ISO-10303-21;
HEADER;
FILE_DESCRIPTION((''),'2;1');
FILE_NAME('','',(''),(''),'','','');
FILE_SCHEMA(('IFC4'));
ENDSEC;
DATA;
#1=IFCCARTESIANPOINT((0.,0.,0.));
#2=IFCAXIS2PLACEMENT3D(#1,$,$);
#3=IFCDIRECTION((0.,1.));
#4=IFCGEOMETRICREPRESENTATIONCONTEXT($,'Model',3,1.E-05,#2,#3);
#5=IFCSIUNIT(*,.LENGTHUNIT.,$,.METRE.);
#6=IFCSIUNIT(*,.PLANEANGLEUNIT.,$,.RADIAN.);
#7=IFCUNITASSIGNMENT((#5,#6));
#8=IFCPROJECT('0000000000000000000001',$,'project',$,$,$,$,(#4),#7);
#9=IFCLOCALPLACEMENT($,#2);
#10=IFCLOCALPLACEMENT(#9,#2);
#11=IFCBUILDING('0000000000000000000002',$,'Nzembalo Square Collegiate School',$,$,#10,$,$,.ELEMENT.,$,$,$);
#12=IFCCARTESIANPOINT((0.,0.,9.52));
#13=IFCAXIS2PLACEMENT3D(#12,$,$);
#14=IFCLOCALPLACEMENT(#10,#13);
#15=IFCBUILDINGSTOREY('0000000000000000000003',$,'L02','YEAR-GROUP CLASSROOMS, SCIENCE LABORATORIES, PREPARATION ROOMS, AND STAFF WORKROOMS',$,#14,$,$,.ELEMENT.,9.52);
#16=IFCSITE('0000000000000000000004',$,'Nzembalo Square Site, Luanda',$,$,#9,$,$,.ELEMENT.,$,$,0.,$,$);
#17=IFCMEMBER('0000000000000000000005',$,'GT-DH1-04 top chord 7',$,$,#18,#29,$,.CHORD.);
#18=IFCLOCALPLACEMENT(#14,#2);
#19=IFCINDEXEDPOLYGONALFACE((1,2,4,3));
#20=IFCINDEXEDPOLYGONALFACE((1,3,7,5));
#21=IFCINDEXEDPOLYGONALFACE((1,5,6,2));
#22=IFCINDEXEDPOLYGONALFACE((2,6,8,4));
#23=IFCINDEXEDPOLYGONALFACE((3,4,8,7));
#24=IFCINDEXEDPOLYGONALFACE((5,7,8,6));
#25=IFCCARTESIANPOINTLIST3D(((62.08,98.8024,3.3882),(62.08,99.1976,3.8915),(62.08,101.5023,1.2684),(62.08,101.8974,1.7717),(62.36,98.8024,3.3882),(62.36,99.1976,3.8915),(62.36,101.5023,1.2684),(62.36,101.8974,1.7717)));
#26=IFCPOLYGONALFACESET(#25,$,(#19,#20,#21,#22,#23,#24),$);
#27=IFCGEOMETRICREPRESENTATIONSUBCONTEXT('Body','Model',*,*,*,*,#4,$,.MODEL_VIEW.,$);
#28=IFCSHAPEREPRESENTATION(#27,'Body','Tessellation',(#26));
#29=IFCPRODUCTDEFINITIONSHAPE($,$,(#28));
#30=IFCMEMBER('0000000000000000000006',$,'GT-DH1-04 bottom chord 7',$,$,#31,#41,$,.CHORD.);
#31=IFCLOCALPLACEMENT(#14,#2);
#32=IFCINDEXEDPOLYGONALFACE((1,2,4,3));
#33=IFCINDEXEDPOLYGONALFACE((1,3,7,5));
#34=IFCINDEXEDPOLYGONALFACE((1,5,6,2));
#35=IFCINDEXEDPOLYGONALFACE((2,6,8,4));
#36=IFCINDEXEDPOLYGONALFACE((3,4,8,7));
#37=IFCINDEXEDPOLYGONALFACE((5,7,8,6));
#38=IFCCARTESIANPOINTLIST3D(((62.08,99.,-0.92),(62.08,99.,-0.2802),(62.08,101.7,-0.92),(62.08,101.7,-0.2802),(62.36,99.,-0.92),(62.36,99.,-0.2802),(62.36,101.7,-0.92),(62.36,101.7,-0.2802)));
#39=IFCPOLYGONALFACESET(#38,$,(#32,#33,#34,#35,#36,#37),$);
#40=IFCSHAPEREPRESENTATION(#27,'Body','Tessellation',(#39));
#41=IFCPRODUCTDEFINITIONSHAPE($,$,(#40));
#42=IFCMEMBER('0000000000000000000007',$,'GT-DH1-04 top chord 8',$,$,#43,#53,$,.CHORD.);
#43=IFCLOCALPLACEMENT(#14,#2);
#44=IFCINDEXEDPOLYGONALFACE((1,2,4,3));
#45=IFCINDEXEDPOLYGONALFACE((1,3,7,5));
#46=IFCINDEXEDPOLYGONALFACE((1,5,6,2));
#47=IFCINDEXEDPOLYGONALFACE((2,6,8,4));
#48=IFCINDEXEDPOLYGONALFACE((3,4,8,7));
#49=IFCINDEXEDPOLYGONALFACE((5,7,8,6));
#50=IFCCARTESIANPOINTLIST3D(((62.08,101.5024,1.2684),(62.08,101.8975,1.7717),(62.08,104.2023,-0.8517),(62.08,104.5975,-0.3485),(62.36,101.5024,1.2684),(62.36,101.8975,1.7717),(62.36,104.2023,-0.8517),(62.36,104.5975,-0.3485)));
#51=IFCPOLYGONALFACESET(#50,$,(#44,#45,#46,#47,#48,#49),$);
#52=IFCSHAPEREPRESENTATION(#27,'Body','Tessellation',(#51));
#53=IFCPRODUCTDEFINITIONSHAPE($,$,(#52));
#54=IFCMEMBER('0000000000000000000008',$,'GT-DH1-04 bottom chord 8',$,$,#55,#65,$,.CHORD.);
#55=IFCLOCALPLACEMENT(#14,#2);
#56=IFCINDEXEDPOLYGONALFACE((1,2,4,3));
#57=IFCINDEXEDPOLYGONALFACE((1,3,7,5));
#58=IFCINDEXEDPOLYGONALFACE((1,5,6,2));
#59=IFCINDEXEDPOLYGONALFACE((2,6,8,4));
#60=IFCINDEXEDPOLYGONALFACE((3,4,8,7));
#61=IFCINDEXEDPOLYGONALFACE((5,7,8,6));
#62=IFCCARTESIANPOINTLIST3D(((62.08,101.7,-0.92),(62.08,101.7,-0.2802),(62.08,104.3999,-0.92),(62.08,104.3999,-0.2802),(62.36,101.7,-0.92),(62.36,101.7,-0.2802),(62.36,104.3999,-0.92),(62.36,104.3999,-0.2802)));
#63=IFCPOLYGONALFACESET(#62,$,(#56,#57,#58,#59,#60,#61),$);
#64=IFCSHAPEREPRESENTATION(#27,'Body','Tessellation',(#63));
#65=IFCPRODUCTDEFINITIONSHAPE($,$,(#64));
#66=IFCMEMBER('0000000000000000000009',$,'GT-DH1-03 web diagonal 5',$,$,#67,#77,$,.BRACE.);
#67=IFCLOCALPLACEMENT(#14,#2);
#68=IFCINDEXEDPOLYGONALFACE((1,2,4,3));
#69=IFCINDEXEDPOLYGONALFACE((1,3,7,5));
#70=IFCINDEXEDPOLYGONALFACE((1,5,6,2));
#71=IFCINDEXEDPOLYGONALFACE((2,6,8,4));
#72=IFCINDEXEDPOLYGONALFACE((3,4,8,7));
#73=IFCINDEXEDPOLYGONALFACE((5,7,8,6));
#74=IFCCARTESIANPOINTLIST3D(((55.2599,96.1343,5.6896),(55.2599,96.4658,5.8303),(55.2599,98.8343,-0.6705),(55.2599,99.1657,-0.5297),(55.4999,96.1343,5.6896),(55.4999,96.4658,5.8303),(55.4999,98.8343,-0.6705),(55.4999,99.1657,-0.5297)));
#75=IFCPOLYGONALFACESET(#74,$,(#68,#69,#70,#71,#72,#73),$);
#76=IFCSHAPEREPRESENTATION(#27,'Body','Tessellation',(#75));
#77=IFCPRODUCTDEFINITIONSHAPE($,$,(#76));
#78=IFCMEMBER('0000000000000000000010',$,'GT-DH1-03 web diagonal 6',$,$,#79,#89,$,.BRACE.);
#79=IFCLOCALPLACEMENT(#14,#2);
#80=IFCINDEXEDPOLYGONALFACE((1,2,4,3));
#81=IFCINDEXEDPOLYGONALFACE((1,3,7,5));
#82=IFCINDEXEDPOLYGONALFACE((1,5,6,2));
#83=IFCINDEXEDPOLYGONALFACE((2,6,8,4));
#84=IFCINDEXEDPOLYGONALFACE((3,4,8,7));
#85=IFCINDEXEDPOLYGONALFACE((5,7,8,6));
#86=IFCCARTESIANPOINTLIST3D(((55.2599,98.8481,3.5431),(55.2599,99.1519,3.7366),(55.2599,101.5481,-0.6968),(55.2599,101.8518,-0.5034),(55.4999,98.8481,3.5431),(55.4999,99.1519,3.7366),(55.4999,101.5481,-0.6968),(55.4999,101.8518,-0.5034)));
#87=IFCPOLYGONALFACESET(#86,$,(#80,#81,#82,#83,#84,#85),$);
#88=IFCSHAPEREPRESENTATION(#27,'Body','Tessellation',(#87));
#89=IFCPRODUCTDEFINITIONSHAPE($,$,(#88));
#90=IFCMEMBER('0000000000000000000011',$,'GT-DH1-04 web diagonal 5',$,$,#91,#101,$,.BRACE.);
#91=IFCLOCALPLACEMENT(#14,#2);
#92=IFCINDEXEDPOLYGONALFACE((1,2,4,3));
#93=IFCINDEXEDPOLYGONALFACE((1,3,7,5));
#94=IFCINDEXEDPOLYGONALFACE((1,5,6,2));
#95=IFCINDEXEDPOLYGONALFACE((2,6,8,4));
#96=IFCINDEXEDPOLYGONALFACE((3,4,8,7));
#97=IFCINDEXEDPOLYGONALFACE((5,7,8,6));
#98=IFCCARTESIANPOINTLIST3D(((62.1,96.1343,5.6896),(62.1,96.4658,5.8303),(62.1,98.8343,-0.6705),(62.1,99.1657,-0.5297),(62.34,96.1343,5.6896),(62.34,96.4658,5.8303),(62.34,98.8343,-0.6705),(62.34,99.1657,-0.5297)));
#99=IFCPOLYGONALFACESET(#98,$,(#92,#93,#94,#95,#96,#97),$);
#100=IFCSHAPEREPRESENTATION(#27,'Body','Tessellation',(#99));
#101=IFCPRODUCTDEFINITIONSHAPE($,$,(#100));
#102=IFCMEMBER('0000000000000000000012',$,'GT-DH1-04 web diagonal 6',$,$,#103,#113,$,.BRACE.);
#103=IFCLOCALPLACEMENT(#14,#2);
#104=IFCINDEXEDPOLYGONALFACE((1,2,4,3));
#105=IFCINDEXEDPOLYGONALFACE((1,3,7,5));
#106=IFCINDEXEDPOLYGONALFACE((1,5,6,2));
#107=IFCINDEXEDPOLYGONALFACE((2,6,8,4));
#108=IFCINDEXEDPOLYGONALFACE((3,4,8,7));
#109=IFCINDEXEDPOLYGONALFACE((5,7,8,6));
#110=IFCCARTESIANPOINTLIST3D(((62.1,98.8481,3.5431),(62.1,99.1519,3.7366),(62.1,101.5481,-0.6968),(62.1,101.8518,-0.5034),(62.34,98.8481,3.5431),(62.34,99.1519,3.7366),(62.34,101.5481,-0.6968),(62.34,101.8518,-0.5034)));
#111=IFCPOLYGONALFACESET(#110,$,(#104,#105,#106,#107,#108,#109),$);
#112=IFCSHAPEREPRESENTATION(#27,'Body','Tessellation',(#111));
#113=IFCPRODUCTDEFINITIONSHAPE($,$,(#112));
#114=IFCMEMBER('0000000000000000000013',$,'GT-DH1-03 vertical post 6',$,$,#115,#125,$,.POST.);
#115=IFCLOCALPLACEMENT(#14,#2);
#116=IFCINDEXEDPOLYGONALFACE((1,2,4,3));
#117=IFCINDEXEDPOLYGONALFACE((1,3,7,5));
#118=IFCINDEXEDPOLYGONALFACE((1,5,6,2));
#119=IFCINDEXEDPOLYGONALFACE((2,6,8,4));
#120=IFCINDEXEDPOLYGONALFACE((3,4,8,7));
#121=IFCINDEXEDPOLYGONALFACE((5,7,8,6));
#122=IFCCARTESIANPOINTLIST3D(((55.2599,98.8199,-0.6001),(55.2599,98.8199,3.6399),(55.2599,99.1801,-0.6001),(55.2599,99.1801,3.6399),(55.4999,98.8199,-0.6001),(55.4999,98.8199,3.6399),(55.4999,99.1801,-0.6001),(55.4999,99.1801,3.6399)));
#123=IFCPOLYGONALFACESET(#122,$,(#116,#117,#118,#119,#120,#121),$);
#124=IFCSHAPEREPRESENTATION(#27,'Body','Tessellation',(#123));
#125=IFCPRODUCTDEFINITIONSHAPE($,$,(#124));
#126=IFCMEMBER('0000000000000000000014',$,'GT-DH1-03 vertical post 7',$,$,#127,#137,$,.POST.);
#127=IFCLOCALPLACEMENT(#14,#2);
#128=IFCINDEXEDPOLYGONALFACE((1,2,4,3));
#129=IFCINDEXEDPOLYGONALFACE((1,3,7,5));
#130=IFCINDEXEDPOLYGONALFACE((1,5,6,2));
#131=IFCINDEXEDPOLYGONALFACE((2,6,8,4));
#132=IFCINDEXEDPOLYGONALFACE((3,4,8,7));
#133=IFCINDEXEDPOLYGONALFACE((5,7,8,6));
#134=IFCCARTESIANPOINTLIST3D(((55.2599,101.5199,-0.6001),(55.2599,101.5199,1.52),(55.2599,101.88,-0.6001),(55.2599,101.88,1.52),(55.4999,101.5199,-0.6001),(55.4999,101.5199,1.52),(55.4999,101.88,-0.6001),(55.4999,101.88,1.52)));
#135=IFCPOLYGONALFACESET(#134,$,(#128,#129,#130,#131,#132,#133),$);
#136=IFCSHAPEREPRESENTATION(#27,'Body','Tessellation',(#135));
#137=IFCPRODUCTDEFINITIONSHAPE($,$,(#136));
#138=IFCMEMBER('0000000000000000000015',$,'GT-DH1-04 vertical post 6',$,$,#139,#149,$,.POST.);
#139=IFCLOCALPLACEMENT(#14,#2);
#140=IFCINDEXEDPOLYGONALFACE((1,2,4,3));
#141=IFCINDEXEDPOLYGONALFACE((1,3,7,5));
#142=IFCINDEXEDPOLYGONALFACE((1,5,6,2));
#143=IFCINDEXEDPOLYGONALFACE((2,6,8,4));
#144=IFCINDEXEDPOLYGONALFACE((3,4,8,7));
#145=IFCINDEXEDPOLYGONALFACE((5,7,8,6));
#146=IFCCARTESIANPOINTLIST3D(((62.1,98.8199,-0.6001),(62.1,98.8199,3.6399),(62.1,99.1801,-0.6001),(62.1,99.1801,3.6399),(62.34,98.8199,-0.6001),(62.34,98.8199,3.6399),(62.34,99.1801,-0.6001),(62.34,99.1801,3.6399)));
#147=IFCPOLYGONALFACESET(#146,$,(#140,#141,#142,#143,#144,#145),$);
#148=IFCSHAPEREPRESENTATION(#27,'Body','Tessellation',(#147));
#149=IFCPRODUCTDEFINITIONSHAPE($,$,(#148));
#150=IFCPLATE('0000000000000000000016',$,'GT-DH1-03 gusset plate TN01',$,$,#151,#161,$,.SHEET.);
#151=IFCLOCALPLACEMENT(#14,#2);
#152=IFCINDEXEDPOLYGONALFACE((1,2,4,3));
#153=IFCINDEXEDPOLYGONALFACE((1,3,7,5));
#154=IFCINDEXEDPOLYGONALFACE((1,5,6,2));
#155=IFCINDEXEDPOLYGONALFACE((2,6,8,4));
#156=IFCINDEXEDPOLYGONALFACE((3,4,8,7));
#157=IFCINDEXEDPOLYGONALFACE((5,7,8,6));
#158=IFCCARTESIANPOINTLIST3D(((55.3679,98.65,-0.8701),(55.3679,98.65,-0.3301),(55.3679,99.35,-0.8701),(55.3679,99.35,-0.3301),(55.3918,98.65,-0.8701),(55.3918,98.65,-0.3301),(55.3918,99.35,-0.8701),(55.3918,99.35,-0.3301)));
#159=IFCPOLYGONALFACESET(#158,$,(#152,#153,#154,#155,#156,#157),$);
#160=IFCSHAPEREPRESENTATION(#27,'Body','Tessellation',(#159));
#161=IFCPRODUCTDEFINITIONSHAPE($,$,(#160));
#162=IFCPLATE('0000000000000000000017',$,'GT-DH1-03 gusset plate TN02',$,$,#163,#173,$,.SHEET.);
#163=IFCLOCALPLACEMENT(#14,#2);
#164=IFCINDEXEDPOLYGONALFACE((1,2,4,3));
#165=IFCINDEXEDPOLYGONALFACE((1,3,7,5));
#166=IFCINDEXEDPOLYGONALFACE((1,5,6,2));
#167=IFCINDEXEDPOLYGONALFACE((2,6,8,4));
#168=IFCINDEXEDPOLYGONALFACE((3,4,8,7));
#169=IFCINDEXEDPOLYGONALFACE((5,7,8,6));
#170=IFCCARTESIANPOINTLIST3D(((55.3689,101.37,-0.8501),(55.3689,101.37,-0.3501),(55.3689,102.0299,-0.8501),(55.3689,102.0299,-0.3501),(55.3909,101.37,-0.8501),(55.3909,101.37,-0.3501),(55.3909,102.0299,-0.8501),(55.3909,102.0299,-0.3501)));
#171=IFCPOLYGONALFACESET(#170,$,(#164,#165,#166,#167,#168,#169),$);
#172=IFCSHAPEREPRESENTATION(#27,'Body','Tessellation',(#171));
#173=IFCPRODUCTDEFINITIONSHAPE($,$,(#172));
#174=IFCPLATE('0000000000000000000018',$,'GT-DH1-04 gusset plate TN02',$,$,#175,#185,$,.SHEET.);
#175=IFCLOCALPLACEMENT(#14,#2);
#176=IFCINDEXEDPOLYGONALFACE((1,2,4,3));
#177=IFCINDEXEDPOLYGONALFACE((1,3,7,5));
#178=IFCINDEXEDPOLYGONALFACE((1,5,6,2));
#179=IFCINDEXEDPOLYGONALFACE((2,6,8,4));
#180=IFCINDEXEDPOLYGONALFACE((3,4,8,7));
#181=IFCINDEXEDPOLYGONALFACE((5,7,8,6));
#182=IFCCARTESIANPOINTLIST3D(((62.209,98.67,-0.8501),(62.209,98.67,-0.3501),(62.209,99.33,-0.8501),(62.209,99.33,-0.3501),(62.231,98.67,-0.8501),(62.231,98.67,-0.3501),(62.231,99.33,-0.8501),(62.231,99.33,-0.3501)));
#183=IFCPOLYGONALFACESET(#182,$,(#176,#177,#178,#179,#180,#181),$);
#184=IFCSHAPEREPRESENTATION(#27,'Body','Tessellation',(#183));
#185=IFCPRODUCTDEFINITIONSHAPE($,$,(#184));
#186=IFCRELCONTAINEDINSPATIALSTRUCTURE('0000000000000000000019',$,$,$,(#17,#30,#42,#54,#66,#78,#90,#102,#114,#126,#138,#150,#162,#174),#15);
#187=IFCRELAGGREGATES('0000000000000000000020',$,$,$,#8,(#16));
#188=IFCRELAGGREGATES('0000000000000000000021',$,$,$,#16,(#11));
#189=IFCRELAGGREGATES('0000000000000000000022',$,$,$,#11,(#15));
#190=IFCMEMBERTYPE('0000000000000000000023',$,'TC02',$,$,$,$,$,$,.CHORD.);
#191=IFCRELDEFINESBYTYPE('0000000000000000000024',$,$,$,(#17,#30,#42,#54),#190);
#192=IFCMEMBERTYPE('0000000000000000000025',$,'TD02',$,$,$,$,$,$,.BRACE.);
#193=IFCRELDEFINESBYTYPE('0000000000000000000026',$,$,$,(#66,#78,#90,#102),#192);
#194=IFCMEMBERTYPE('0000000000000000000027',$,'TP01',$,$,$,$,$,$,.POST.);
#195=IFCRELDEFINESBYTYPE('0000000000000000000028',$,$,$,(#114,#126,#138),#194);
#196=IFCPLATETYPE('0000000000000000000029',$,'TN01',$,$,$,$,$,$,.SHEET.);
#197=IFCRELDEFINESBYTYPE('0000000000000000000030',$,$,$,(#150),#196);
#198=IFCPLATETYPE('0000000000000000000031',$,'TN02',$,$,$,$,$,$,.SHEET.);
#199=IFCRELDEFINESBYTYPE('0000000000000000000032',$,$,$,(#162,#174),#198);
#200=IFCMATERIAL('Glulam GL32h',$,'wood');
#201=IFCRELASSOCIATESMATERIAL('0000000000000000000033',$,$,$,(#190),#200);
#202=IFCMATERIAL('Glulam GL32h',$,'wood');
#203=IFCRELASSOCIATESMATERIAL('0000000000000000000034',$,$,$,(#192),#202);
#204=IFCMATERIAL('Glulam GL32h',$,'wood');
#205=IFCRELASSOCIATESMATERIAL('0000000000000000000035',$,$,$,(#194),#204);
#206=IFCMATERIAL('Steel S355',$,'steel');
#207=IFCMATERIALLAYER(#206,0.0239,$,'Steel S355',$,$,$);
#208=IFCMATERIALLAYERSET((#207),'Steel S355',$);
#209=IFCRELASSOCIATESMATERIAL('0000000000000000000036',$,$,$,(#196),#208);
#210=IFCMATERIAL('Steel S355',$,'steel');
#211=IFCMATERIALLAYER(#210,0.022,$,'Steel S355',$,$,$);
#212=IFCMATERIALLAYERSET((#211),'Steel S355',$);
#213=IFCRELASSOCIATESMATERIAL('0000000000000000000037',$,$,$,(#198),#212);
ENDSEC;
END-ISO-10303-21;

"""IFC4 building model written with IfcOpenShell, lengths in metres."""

from ifc_helpers import new_model, si_unit, direction, frame, origin, origin_2d, place, context, subcontext, project, spatial, rectangle, extrude, material, layer, layer_set, material_profile, profile_set, type_object, element, save


model = new_model("IFC4")

# Units and contexts
model_context = context("Model", 3, precision=1e-05, world=origin(), true_north=direction((0.0, 1.0)))
body_context = subcontext(model_context, "Body", "Model", "MODEL_VIEW")
ifc_project = project(units=[si_unit("LENGTHUNIT", "METRE"), si_unit("PLANEANGLEUNIT", "RADIAN")], contexts=[model_context])

# Site, building, storey
site_placement = place(None, origin())
site = spatial("IfcSite", under=ifc_project, at=site_placement, Name="Nzembalo Square Site, Luanda", CompositionType="ELEMENT", RefElevation=0.0)
building_placement = place(site_placement, origin())
building = spatial("IfcBuilding", under=site, at=building_placement, Name="Nzembalo Square Collegiate School", CompositionType="ELEMENT")
storey_placement = place(building_placement, frame((0.0, 0.0, 9.52)))
storey = spatial("IfcBuildingStorey", under=building, at=storey_placement, Name="L02", Description="YEAR-GROUP CLASSROOMS, SCIENCE LABORATORIES, PREPARATION ROOMS, AND STAFF WORKROOMS", CompositionType="ELEMENT", Elevation=9.52)

# Members
ifc_material_1 = material(Name="Glulam GL32h", Category="wood")
ifc_material_profile_1 = material_profile(ifc_material_1, rectangle(XDim=0.28, YDim=0.6399, at=origin_2d()), Name="GL32h 280x640")
ifc_profile_set_1 = profile_set([ifc_material_profile_1], Name="Glulam GL32h")
member_type_1 = type_object("IfcMemberType", Name="TC02", PredefinedType="CHORD", material=ifc_profile_set_1)
member_1_placement = place(storey_placement, frame((62.22, 99.0, 3.6399), z_axis=(0.0, 0.786533, -0.617548), x_axis=(-1.0, 0.0, 0.0)))
element("IfcMember", 1, at=member_1_placement, inside=storey, type_object=member_type_1, Name="GT-DH1-04 top chord 7", PredefinedType="CHORD", context=body_context, shape_type="SweptSolid", body=[
    extrude(rectangle(XDim=0.28, YDim=0.6399, at=origin_2d()), origin(), (0.0, 0.0, 1.0), 3.4326),
])
member_2_placement = place(storey_placement, frame((62.22, 99.0, -0.6001), z_axis=(0.0, 1.0, 0.0), x_axis=(-1.0, 0.0, 0.0)))
element("IfcMember", 2, at=member_2_placement, inside=storey, type_object=member_type_1, Name="GT-DH1-04 bottom chord 7", PredefinedType="CHORD", context=body_context, shape_type="SweptSolid", body=[
    extrude(rectangle(XDim=0.28, YDim=0.6399, at=origin_2d()), origin(), (0.0, 0.0, 1.0), 2.7),
])
member_3_placement = place(storey_placement, frame((62.22, 101.7, 1.52), z_axis=(0.0, 0.786498, -0.617592), x_axis=(-1.0, 0.0, 0.0)))
element("IfcMember", 3, at=member_3_placement, inside=storey, type_object=member_type_1, Name="GT-DH1-04 top chord 8", PredefinedType="CHORD", context=body_context, shape_type="SweptSolid", body=[
    extrude(rectangle(XDim=0.28, YDim=0.6399, at=origin_2d()), origin(), (0.0, 0.0, 1.0), 3.4329),
])
member_4_placement = place(storey_placement, frame((62.22, 101.7, -0.6001), z_axis=(0.0, 1.0, 0.0), x_axis=(-1.0, 0.0, 0.0)))
element("IfcMember", 4, at=member_4_placement, inside=storey, type_object=member_type_1, Name="GT-DH1-04 bottom chord 8", PredefinedType="CHORD", context=body_context, shape_type="SweptSolid", body=[
    extrude(rectangle(XDim=0.28, YDim=0.6399, at=origin_2d()), origin(), (0.0, 0.0, 1.0), 2.7),
])
ifc_material_2 = material(Name="Glulam GL32h", Category="wood")
ifc_material_profile_2 = material_profile(ifc_material_2, rectangle(XDim=0.24, YDim=0.3601, at=origin_2d()), Name="GL32h 240x360")
ifc_profile_set_2 = profile_set([ifc_material_profile_2], Name="Glulam GL32h")
member_type_2 = type_object("IfcMemberType", Name="TD02", PredefinedType="BRACE", material=ifc_profile_set_2)
member_5_placement = place(storey_placement, frame((55.3799, 99.0, -0.6001), z_axis=(0.0, -0.390761, 0.920492), x_axis=(1.0, 0.0, 0.0)))
element("IfcMember", 5, at=member_5_placement, inside=storey, type_object=member_type_2, Name="GT-DH1-03 web diagonal 5", PredefinedType="BRACE", context=body_context, shape_type="SweptSolid", body=[
    extrude(rectangle(XDim=0.24, YDim=0.3601, at=origin_2d()), origin(), (0.0, 0.0, 1.0), 6.9094),
])
member_6_placement = place(storey_placement, frame((55.3799, 101.7, -0.6001), z_axis=(0.0, -0.537127, 0.843501), x_axis=(1.0, 0.0, 0.0)))
element("IfcMember", 6, at=member_6_placement, inside=storey, type_object=member_type_2, Name="GT-DH1-03 web diagonal 6", PredefinedType="BRACE", context=body_context, shape_type="SweptSolid", body=[
    extrude(rectangle(XDim=0.24, YDim=0.3601, at=origin_2d()), origin(), (0.0, 0.0, 1.0), 5.0266),
])
member_7_placement = place(storey_placement, frame((62.22, 99.0, -0.6001), z_axis=(0.0, -0.390761, 0.920492), x_axis=(1.0, 0.0, 0.0)))
element("IfcMember", 7, at=member_7_placement, inside=storey, type_object=member_type_2, Name="GT-DH1-04 web diagonal 5", PredefinedType="BRACE", context=body_context, shape_type="SweptSolid", body=[
    extrude(rectangle(XDim=0.24, YDim=0.3601, at=origin_2d()), origin(), (0.0, 0.0, 1.0), 6.9094),
])
member_8_placement = place(storey_placement, frame((62.22, 101.7, -0.6001), z_axis=(0.0, -0.537127, 0.843501), x_axis=(1.0, 0.0, 0.0)))
element("IfcMember", 8, at=member_8_placement, inside=storey, type_object=member_type_2, Name="GT-DH1-04 web diagonal 6", PredefinedType="BRACE", context=body_context, shape_type="SweptSolid", body=[
    extrude(rectangle(XDim=0.24, YDim=0.3601, at=origin_2d()), origin(), (0.0, 0.0, 1.0), 5.0266),
])
ifc_material_3 = material(Name="Glulam GL32h", Category="wood")
ifc_material_profile_3 = material_profile(ifc_material_3, rectangle(XDim=0.24, YDim=0.3601, at=origin_2d()), Name="GL32h 240x360")
ifc_profile_set_3 = profile_set([ifc_material_profile_3], Name="Glulam GL32h")
member_type_3 = type_object("IfcMemberType", Name="TP01", PredefinedType="POST", material=ifc_profile_set_3)
member_9_placement = place(storey_placement, frame((55.3799, 99.0, -0.6001), z_axis=(0.0, 0.0, 1.0), x_axis=(1.0, 0.0, 0.0)))
element("IfcMember", 9, at=member_9_placement, inside=storey, type_object=member_type_3, Name="GT-DH1-03 vertical post 6", PredefinedType="POST", context=body_context, shape_type="SweptSolid", body=[
    extrude(rectangle(XDim=0.24, YDim=0.3601, at=origin_2d()), origin(), (0.0, 0.0, 1.0), 4.24),
])
member_10_placement = place(storey_placement, frame((55.3799, 101.7, -0.6001), z_axis=(0.0, 0.0, 1.0), x_axis=(1.0, 0.0, 0.0)))
element("IfcMember", 10, at=member_10_placement, inside=storey, type_object=member_type_3, Name="GT-DH1-03 vertical post 7", PredefinedType="POST", context=body_context, shape_type="SweptSolid", body=[
    extrude(rectangle(XDim=0.24, YDim=0.3601, at=origin_2d()), origin(), (0.0, 0.0, 1.0), 2.1201),
])
member_11_placement = place(storey_placement, frame((62.22, 99.0, -0.6001), z_axis=(0.0, 0.0, 1.0), x_axis=(1.0, 0.0, 0.0)))
element("IfcMember", 11, at=member_11_placement, inside=storey, type_object=member_type_3, Name="GT-DH1-04 vertical post 6", PredefinedType="POST", context=body_context, shape_type="SweptSolid", body=[
    extrude(rectangle(XDim=0.24, YDim=0.3601, at=origin_2d()), origin(), (0.0, 0.0, 1.0), 4.24),
])

# Plates
ifc_material_4 = material(Name="Steel S355", Category="steel")
ifc_layer_1 = layer(ifc_material_4, 0.0239, Name="Steel S355")
ifc_layer_set_1 = layer_set([ifc_layer_1], Name="Steel S355")
plate_type_1 = type_object("IfcPlateType", Name="TN01", PredefinedType="SHEET", material=ifc_layer_set_1)
plate_placement = place(storey_placement, frame((55.3799, 99.0, -0.8701), z_axis=(0.0, 0.0, 1.0), x_axis=(0.0, 1.0, 0.0)))
element("IfcPlate", 12, at=plate_placement, inside=storey, type_object=plate_type_1, Name="GT-DH1-03 gusset plate TN01", PredefinedType="SHEET", context=body_context, shape_type="SweptSolid", body=[
    extrude(rectangle(XDim=0.7, YDim=0.0239, at=origin_2d()), origin(), (0.0, 0.0, 1.0), 0.54),
])
ifc_material_5 = material(Name="Steel S355", Category="steel")
ifc_layer_2 = layer(ifc_material_5, 0.022, Name="Steel S355")
ifc_layer_set_2 = layer_set([ifc_layer_2], Name="Steel S355")
plate_type_2 = type_object("IfcPlateType", Name="TN02", PredefinedType="SHEET", material=ifc_layer_set_2)
for number, where, z_axis, x_axis, name in (
    (13, (55.3799, 101.7, -0.8501), (0.0, 0.0, 1.0), (0.0, 1.0, 0.0), "GT-DH1-03 gusset plate TN02"),
    (14, (62.22, 99.0, -0.8501), (0.0, 0.0, 1.0), (0.0, 1.0, 0.0), "GT-DH1-04 gusset plate TN02"),
):
    element("IfcPlate", number, at=place(storey_placement, frame(where, z_axis=z_axis, x_axis=x_axis)), inside=storey, type_object=plate_type_2, Name=name, PredefinedType="SHEET", context=body_context, shape_type="SweptSolid", body=[
        extrude(rectangle(XDim=0.6599, YDim=0.022, at=origin_2d()), origin(), (0.0, 0.0, 1.0), 0.5),
    ])

save(model, "model.ifc")
